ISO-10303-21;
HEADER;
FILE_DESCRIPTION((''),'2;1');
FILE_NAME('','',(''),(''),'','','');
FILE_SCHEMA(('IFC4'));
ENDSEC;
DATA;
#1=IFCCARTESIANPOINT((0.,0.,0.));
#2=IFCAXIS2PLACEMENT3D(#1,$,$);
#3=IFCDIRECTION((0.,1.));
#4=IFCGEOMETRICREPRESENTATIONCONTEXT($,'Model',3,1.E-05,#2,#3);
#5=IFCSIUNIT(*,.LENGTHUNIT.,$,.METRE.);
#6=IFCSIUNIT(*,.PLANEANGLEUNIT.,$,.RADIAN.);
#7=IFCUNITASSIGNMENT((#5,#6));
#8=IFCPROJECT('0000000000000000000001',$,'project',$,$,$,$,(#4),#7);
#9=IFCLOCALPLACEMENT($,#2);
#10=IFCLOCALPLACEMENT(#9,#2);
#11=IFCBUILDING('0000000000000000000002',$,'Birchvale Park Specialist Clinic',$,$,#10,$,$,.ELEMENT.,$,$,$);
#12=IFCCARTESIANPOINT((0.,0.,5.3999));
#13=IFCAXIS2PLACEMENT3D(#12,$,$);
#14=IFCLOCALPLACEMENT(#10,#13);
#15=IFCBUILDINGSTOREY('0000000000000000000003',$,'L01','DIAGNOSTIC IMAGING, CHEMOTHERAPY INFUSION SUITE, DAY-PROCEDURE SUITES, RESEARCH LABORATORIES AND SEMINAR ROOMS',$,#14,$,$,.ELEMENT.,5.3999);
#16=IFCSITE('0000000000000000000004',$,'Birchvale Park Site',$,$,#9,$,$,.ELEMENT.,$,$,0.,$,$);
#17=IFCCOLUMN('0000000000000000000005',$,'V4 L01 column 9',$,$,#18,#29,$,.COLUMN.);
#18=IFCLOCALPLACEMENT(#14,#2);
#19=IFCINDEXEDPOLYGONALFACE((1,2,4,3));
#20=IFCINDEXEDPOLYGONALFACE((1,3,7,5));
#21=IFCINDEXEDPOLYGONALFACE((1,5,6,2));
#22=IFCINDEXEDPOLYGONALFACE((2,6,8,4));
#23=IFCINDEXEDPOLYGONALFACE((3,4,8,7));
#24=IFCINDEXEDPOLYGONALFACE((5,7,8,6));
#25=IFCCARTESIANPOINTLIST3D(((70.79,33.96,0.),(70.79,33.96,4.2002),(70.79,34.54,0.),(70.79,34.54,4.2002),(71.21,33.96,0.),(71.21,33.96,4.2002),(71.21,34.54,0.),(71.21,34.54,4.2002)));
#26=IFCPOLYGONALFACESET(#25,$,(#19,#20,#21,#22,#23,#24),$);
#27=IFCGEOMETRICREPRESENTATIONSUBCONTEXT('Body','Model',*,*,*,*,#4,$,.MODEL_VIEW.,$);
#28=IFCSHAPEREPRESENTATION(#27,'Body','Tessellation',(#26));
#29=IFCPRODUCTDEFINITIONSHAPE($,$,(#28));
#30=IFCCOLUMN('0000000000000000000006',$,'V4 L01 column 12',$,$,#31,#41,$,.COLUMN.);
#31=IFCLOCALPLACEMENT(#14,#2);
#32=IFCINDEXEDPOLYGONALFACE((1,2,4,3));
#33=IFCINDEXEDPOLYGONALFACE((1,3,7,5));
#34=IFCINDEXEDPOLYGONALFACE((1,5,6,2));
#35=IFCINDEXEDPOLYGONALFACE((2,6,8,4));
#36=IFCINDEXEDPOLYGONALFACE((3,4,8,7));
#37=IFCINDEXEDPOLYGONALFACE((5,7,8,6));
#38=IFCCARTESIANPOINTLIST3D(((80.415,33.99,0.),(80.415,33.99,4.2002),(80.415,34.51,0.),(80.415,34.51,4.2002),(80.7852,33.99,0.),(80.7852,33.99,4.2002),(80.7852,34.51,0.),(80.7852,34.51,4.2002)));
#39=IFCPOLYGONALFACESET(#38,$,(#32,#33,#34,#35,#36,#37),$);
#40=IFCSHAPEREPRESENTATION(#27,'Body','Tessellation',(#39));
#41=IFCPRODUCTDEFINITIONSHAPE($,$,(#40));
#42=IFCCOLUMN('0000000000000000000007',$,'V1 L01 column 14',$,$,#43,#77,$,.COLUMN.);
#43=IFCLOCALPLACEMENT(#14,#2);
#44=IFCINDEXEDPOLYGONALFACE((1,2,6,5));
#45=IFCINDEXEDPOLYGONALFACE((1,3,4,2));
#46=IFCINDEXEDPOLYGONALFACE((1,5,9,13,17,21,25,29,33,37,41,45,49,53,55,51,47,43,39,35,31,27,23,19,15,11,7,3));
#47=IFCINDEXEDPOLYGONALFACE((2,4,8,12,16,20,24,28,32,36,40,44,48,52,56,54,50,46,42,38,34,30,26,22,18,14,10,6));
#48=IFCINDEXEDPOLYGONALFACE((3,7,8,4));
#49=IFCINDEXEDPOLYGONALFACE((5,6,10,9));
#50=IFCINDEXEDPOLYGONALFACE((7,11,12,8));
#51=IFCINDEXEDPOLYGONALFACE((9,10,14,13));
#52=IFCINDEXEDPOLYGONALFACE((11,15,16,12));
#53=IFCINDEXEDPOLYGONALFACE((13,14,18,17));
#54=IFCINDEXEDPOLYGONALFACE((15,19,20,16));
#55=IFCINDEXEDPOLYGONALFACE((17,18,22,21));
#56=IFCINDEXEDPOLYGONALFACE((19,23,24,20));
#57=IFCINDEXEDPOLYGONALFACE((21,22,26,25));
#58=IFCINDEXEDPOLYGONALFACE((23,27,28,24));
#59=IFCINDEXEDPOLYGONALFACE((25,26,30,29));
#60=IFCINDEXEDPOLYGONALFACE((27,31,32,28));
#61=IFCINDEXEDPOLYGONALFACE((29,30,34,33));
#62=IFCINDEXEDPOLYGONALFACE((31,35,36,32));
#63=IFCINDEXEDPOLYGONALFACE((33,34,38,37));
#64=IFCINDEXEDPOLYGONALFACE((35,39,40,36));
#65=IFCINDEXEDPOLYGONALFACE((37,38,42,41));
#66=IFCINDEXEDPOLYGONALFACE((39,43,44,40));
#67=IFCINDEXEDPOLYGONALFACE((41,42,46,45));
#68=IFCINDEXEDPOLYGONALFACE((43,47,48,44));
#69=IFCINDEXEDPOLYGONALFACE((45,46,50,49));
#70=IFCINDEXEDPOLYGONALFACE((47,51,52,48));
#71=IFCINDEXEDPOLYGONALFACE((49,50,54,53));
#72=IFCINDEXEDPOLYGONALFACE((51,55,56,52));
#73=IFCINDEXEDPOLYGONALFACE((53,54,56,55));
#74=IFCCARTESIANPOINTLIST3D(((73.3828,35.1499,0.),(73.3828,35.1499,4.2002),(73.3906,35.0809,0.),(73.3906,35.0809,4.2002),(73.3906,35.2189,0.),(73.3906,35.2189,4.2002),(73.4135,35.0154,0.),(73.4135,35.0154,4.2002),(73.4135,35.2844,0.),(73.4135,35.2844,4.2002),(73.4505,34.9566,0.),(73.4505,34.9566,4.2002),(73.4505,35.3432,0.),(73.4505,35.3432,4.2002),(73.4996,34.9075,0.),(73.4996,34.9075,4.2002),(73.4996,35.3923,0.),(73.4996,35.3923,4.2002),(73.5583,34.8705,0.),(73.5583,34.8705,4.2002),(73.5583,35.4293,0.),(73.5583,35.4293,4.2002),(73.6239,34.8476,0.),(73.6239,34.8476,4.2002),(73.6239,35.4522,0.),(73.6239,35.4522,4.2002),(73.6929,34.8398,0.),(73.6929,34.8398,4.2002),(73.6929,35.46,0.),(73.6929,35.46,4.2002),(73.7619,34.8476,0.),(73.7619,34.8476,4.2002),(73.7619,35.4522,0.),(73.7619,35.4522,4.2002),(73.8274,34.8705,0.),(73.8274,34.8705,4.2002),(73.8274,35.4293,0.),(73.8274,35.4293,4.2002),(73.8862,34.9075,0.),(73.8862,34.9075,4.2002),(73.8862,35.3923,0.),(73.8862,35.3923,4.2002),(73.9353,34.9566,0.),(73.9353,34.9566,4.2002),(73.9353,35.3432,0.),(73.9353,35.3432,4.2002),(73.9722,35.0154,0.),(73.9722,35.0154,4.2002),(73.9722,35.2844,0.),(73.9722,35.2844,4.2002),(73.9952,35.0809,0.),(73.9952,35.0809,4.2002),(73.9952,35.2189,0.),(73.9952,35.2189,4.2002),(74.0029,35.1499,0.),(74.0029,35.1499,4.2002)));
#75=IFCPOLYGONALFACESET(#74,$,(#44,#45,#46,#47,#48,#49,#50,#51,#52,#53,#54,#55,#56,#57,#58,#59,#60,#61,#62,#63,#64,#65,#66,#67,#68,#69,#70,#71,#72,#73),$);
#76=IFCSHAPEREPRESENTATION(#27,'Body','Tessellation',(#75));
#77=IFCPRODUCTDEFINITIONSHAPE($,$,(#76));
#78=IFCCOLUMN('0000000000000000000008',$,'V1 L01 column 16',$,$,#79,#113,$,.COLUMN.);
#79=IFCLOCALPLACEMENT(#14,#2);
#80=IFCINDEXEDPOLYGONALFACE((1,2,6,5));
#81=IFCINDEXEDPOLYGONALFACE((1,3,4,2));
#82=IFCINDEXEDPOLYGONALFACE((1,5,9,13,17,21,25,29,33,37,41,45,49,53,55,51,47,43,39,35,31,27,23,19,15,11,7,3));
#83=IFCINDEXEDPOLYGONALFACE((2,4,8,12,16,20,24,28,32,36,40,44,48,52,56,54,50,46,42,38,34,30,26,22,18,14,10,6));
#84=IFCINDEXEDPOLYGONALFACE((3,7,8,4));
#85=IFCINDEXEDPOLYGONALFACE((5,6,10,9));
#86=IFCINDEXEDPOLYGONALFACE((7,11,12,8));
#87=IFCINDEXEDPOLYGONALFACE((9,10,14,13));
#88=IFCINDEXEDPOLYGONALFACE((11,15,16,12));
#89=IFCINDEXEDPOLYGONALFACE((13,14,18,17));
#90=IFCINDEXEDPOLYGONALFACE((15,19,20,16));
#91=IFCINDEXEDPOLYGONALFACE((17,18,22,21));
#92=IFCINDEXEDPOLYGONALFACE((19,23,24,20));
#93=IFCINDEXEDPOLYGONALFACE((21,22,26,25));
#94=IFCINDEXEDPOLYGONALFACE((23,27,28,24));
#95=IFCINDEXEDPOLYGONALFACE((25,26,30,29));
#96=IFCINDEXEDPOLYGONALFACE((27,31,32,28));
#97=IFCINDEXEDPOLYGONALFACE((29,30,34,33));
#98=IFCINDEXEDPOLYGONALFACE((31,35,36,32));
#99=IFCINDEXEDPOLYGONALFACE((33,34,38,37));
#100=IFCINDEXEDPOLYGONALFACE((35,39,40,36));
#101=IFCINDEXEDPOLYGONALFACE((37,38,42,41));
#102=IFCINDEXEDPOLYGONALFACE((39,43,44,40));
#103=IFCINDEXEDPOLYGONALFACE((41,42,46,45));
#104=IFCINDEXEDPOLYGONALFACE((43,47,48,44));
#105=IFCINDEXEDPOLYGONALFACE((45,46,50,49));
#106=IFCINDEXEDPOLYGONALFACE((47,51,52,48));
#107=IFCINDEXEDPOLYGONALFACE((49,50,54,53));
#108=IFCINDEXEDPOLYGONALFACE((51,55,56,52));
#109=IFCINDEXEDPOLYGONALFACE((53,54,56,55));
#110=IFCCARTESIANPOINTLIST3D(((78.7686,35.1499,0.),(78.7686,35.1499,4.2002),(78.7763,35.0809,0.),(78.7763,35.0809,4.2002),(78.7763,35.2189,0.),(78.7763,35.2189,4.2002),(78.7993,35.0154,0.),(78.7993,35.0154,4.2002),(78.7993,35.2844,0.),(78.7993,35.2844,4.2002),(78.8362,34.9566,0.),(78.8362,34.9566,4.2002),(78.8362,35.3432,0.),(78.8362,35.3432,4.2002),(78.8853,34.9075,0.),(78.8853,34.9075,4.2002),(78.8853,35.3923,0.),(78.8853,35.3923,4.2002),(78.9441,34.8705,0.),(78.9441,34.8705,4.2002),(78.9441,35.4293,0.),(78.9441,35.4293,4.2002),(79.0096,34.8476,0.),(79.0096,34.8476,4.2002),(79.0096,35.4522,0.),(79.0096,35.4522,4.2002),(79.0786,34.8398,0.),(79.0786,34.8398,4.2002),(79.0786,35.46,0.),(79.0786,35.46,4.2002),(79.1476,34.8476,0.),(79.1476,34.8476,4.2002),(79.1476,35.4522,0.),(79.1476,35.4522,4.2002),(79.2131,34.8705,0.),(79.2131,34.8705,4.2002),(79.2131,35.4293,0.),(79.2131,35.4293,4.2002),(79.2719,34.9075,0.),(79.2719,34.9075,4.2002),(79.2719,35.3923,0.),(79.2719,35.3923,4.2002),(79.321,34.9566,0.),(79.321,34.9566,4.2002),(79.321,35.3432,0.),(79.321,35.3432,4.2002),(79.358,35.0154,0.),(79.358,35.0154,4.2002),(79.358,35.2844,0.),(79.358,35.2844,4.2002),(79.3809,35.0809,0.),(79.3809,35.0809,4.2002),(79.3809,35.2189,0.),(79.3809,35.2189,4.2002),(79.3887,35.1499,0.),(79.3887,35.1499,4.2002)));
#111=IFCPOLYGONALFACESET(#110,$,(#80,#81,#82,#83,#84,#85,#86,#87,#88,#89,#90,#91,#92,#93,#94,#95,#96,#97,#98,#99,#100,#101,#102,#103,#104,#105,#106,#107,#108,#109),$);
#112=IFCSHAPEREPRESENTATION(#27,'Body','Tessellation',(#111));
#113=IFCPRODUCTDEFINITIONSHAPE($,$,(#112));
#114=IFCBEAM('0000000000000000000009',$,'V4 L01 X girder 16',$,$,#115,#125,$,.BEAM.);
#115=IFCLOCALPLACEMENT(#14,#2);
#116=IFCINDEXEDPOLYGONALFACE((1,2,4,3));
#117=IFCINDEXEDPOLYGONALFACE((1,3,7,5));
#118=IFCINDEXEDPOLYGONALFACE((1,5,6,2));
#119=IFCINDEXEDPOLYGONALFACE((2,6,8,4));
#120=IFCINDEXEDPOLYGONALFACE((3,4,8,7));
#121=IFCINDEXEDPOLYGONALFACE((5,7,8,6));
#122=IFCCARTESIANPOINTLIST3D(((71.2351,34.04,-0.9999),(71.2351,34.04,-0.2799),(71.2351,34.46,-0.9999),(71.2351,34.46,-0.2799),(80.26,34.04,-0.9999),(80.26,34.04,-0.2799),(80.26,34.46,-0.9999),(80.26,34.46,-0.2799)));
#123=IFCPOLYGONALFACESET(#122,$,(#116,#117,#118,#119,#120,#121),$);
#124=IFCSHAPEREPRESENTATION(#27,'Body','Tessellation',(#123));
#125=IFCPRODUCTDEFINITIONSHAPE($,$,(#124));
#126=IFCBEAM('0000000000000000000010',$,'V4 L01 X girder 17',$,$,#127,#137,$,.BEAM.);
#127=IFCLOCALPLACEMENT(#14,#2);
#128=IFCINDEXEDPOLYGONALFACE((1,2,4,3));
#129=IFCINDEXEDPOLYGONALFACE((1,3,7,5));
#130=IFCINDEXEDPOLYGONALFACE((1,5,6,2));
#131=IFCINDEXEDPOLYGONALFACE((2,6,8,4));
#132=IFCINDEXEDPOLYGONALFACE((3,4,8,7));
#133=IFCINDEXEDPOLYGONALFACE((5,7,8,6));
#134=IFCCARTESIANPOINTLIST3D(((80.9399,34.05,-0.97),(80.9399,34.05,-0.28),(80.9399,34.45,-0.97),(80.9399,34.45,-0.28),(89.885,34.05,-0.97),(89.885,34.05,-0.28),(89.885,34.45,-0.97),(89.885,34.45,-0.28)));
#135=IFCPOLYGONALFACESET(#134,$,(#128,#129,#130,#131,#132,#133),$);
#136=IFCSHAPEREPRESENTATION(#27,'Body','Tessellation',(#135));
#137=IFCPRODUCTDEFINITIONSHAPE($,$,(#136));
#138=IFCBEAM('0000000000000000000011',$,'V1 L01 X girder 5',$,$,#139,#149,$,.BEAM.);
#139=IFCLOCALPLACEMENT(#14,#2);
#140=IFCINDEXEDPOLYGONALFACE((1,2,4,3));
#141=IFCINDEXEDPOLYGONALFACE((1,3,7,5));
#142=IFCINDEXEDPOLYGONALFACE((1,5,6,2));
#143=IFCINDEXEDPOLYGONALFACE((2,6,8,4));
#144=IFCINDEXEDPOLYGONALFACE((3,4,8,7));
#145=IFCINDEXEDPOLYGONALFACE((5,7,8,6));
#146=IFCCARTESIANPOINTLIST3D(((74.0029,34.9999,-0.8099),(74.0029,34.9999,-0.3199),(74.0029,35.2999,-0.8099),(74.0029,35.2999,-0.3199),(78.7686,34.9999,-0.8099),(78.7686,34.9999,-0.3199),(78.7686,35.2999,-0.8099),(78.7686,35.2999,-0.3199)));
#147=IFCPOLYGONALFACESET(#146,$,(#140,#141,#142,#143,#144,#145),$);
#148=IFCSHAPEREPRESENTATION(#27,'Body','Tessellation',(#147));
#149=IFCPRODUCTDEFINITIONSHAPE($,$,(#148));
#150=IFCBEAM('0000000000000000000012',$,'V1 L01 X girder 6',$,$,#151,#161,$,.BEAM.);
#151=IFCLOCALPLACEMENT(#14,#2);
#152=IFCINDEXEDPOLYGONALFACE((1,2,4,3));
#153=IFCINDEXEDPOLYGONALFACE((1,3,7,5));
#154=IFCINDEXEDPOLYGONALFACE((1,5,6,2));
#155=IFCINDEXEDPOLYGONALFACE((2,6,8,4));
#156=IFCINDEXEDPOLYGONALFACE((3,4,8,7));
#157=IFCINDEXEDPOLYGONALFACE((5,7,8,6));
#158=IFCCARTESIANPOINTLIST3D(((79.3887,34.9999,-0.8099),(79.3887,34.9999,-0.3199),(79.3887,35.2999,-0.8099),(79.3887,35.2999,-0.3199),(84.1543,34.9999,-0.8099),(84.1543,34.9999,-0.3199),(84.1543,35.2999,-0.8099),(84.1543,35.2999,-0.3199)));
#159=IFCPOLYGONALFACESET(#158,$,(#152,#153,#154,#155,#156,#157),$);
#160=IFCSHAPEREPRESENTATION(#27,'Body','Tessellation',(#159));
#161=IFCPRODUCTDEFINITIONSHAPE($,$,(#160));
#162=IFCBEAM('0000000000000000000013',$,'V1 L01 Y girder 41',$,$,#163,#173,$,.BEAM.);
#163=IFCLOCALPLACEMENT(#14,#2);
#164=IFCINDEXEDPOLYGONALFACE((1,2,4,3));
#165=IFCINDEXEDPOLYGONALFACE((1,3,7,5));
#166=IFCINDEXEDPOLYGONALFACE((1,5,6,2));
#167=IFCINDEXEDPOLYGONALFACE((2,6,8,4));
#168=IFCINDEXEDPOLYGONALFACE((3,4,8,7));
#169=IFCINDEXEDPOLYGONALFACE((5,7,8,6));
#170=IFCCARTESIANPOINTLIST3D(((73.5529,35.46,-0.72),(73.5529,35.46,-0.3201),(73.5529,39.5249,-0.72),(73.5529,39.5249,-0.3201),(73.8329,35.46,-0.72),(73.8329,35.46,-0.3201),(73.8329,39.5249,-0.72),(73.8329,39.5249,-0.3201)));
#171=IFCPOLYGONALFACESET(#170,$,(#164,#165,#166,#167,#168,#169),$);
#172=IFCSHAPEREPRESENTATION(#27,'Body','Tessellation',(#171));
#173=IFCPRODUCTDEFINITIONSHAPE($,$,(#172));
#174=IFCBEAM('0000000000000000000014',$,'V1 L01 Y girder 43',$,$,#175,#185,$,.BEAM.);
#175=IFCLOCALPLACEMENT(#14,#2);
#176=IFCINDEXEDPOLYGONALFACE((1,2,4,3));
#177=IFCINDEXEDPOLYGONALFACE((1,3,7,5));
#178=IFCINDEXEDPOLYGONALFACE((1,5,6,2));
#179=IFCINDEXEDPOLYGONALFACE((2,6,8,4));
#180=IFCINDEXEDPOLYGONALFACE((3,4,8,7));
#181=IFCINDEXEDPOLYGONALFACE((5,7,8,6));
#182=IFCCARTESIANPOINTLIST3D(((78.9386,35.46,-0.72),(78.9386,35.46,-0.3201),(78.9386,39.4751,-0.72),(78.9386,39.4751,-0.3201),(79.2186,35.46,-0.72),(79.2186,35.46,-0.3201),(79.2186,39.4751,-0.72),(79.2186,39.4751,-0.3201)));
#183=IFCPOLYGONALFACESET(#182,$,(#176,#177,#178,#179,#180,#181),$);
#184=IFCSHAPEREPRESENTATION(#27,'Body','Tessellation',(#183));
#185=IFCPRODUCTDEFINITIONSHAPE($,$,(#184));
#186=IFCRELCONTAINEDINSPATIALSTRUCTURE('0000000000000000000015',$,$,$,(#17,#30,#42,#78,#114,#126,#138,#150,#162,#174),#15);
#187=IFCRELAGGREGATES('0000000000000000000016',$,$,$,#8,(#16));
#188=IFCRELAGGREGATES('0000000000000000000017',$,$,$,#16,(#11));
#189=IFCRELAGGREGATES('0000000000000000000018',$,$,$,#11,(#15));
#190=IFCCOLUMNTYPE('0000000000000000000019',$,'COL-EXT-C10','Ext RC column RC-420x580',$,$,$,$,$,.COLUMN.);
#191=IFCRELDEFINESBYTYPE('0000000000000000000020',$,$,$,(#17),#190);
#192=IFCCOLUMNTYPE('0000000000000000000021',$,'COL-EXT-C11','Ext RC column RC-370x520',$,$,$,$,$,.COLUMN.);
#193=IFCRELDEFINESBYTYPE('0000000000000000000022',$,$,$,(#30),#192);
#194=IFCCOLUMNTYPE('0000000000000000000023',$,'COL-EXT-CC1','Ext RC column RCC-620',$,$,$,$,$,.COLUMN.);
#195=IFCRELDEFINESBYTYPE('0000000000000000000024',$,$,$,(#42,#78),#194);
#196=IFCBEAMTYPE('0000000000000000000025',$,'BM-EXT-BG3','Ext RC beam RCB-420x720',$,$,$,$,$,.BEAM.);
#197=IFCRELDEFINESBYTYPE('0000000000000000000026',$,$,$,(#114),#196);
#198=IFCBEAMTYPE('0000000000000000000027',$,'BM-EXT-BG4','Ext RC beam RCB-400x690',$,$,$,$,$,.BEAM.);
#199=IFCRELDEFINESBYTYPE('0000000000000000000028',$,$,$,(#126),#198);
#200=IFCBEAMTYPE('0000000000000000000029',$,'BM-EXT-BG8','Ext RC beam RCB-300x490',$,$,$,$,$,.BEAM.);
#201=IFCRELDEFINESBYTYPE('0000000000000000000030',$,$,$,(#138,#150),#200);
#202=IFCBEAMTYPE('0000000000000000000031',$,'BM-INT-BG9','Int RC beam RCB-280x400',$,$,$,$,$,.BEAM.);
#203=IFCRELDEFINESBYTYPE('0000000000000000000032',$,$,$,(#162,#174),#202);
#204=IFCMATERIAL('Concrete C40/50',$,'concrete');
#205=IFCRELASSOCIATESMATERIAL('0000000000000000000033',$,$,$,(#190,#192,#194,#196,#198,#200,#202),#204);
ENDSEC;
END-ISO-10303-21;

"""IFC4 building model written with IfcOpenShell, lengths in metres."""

from ifc_helpers import new_model, si_unit, direction, frame, origin, origin_2d, place, context, subcontext, project, spatial, rectangle, circle, extrude, material, material_profile, profile_set, type_object, element, save


model = new_model("IFC4")

# Units and contexts
model_context = context("Model", 3, precision=1e-05, world=origin(), true_north=direction((0.0, 1.0)))
body_context = subcontext(model_context, "Body", "Model", "MODEL_VIEW")
ifc_project = project(units=[si_unit("LENGTHUNIT", "METRE"), si_unit("PLANEANGLEUNIT", "RADIAN")], contexts=[model_context])

# Site, building, storey
site_placement = place(None, origin())
site = spatial("IfcSite", under=ifc_project, at=site_placement, Name="Birchvale Park Site", CompositionType="ELEMENT", RefElevation=0.0)
building_placement = place(site_placement, origin())
building = spatial("IfcBuilding", under=site, at=building_placement, Name="Birchvale Park Specialist Clinic", CompositionType="ELEMENT")
storey_placement = place(building_placement, frame((0.0, 0.0, 5.3999)))
storey = spatial("IfcBuildingStorey", under=building, at=storey_placement, Name="L01", Description="DIAGNOSTIC IMAGING, CHEMOTHERAPY INFUSION SUITE, DAY-PROCEDURE SUITES, RESEARCH LABORATORIES AND SEMINAR ROOMS", CompositionType="ELEMENT", Elevation=5.3999)

# Columns
ifc_material_1 = material(Name="Concrete C40/50", Category="concrete")
ifc_material_profile_1 = material_profile(ifc_material_1, rectangle(XDim=0.4199, YDim=0.5801, at=origin_2d()), Name="RC-420x580")
ifc_profile_set_1 = profile_set([ifc_material_profile_1], Name="Concrete C40/50")
column_type_1 = type_object("IfcColumnType", Name="COL-EXT-C10", Description="Ext RC column RC-420x580", PredefinedType="COLUMN", material=ifc_profile_set_1)
column_1_placement = place(storey_placement, frame((71.0, 34.25, 0.0), z_axis=(0.0, 0.0, 1.0), x_axis=(1.0, 0.0, 0.0)))
element("IfcColumn", 1, at=column_1_placement, inside=storey, type_object=column_type_1, Name="V4 L01 column 9", PredefinedType="COLUMN", context=body_context, shape_type="SweptSolid", body=[
    extrude(rectangle(XDim=0.4199, YDim=0.5801, at=origin_2d()), origin(), (0.0, 0.0, 1.0), 4.2002),
])
ifc_material_profile_2 = material_profile(ifc_material_1, rectangle(XDim=0.3701, YDim=0.52, at=origin_2d()), Name="RC-370x520")
ifc_profile_set_2 = profile_set([ifc_material_profile_2], Name="Concrete C40/50")
column_type_2 = type_object("IfcColumnType", Name="COL-EXT-C11", Description="Ext RC column RC-370x520", PredefinedType="COLUMN", material=ifc_profile_set_2)
column_2_placement = place(storey_placement, frame((80.6001, 34.25, 0.0), z_axis=(0.0, 0.0, 1.0), x_axis=(1.0, 0.0, 0.0)))
element("IfcColumn", 2, at=column_2_placement, inside=storey, type_object=column_type_2, Name="V4 L01 column 12", PredefinedType="COLUMN", context=body_context, shape_type="SweptSolid", body=[
    extrude(rectangle(XDim=0.3701, YDim=0.52, at=origin_2d()), origin(), (0.0, 0.0, 1.0), 4.2002),
])
ifc_material_profile_3 = material_profile(ifc_material_1, circle(Radius=0.3101, at=origin_2d()), Name="RCC-620")
ifc_profile_set_3 = profile_set([ifc_material_profile_3], Name="Concrete C40/50")
column_type_3 = type_object("IfcColumnType", Name="COL-EXT-CC1", Description="Ext RC column RCC-620", PredefinedType="COLUMN", material=ifc_profile_set_3)
for number, where, z_axis, x_axis, name in (
    (3, (73.6929, 35.1499, 0.0), (0.0, 0.0, 1.0), (1.0, 0.0, 0.0), "V1 L01 column 14"),
    (4, (79.0786, 35.1499, 0.0), (0.0, 0.0, 1.0), (1.0, 0.0, 0.0), "V1 L01 column 16"),
):
    element("IfcColumn", number, at=place(storey_placement, frame(where, z_axis=z_axis, x_axis=x_axis)), inside=storey, type_object=column_type_3, Name=name, PredefinedType="COLUMN", context=body_context, shape_type="SweptSolid", body=[
        extrude(circle(Radius=0.3101, at=origin_2d()), origin(), (0.0, 0.0, 1.0), 4.2002),
    ])

# Beams
ifc_material_profile_4 = material_profile(ifc_material_1, rectangle(XDim=0.4199, YDim=0.72, at=origin_2d()), Name="RCB-420x720")
ifc_profile_set_4 = profile_set([ifc_material_profile_4], Name="Concrete C40/50")
beam_type_1 = type_object("IfcBeamType", Name="BM-EXT-BG3", Description="Ext RC beam RCB-420x720", PredefinedType="BEAM", material=ifc_profile_set_4)
beam_1_placement = place(storey_placement, frame((71.2351, 34.25, -0.6399), z_axis=(1.0, 0.0, 0.0), x_axis=(0.0, 1.0, 0.0)))
element("IfcBeam", 5, at=beam_1_placement, inside=storey, type_object=beam_type_1, Name="V4 L01 X girder 16", PredefinedType="BEAM", context=body_context, shape_type="SweptSolid", body=[
    extrude(rectangle(XDim=0.4199, YDim=0.72, at=origin_2d()), origin(), (0.0, 0.0, 1.0), 9.0249),
])
ifc_material_profile_5 = material_profile(ifc_material_1, rectangle(XDim=0.3999, YDim=0.6899, at=origin_2d()), Name="RCB-400x690")
ifc_profile_set_5 = profile_set([ifc_material_profile_5], Name="Concrete C40/50")
beam_type_2 = type_object("IfcBeamType", Name="BM-EXT-BG4", Description="Ext RC beam RCB-400x690", PredefinedType="BEAM", material=ifc_profile_set_5)
beam_2_placement = place(storey_placement, frame((80.9399, 34.25, -0.625), z_axis=(1.0, 0.0, 0.0), x_axis=(0.0, 1.0, 0.0)))
element("IfcBeam", 6, at=beam_2_placement, inside=storey, type_object=beam_type_2, Name="V4 L01 X girder 17", PredefinedType="BEAM", context=body_context, shape_type="SweptSolid", body=[
    extrude(rectangle(XDim=0.3999, YDim=0.6899, at=origin_2d()), origin(), (0.0, 0.0, 1.0), 8.9451),
])
ifc_material_profile_6 = material_profile(ifc_material_1, rectangle(XDim=0.3, YDim=0.49, at=origin_2d()), Name="RCB-300x490")
ifc_profile_set_6 = profile_set([ifc_material_profile_6], Name="Concrete C40/50")
beam_type_3 = type_object("IfcBeamType", Name="BM-EXT-BG8", Description="Ext RC beam RCB-300x490", PredefinedType="BEAM", material=ifc_profile_set_6)
for number, where, z_axis, x_axis, name in (
    (7, (74.0029, 35.1499, -0.5649), (1.0, 0.0, 0.0), (0.0, 1.0, 0.0), "V1 L01 X girder 5"),
    (8, (79.3887, 35.1499, -0.5649), (1.0, 0.0, 0.0), (0.0, 1.0, 0.0), "V1 L01 X girder 6"),
):
    element("IfcBeam", number, at=place(storey_placement, frame(where, z_axis=z_axis, x_axis=x_axis)), inside=storey, type_object=beam_type_3, Name=name, PredefinedType="BEAM", context=body_context, shape_type="SweptSolid", body=[
        extrude(rectangle(XDim=0.3, YDim=0.49, at=origin_2d()), origin(), (0.0, 0.0, 1.0), 4.7656),
    ])
ifc_material_profile_7 = material_profile(ifc_material_1, rectangle(XDim=0.28, YDim=0.3999, at=origin_2d()), Name="RCB-280x400")
ifc_profile_set_7 = profile_set([ifc_material_profile_7], Name="Concrete C40/50")
beam_type_4 = type_object("IfcBeamType", Name="BM-INT-BG9", Description="Int RC beam RCB-280x400", PredefinedType="BEAM", material=ifc_profile_set_7)
beam_3_placement = place(storey_placement, frame((73.6929, 35.46, -0.52), z_axis=(0.0, 1.0, 0.0), x_axis=(-1.0, 0.0, 0.0)))
element("IfcBeam", 9, at=beam_3_placement, inside=storey, type_object=beam_type_4, Name="V1 L01 Y girder 41", PredefinedType="BEAM", context=body_context, shape_type="SweptSolid", body=[
    extrude(rectangle(XDim=0.28, YDim=0.3999, at=origin_2d()), origin(), (0.0, 0.0, 1.0), 4.0649),
])
beam_4_placement = place(storey_placement, frame((79.0786, 35.46, -0.52), z_axis=(0.0, 1.0, 0.0), x_axis=(-1.0, 0.0, 0.0)))
element("IfcBeam", 10, at=beam_4_placement, inside=storey, type_object=beam_type_4, Name="V1 L01 Y girder 43", PredefinedType="BEAM", context=body_context, shape_type="SweptSolid", body=[
    extrude(rectangle(XDim=0.28, YDim=0.3999, at=origin_2d()), origin(), (0.0, 0.0, 1.0), 4.0151),
])

save(model, "model.ifc")
